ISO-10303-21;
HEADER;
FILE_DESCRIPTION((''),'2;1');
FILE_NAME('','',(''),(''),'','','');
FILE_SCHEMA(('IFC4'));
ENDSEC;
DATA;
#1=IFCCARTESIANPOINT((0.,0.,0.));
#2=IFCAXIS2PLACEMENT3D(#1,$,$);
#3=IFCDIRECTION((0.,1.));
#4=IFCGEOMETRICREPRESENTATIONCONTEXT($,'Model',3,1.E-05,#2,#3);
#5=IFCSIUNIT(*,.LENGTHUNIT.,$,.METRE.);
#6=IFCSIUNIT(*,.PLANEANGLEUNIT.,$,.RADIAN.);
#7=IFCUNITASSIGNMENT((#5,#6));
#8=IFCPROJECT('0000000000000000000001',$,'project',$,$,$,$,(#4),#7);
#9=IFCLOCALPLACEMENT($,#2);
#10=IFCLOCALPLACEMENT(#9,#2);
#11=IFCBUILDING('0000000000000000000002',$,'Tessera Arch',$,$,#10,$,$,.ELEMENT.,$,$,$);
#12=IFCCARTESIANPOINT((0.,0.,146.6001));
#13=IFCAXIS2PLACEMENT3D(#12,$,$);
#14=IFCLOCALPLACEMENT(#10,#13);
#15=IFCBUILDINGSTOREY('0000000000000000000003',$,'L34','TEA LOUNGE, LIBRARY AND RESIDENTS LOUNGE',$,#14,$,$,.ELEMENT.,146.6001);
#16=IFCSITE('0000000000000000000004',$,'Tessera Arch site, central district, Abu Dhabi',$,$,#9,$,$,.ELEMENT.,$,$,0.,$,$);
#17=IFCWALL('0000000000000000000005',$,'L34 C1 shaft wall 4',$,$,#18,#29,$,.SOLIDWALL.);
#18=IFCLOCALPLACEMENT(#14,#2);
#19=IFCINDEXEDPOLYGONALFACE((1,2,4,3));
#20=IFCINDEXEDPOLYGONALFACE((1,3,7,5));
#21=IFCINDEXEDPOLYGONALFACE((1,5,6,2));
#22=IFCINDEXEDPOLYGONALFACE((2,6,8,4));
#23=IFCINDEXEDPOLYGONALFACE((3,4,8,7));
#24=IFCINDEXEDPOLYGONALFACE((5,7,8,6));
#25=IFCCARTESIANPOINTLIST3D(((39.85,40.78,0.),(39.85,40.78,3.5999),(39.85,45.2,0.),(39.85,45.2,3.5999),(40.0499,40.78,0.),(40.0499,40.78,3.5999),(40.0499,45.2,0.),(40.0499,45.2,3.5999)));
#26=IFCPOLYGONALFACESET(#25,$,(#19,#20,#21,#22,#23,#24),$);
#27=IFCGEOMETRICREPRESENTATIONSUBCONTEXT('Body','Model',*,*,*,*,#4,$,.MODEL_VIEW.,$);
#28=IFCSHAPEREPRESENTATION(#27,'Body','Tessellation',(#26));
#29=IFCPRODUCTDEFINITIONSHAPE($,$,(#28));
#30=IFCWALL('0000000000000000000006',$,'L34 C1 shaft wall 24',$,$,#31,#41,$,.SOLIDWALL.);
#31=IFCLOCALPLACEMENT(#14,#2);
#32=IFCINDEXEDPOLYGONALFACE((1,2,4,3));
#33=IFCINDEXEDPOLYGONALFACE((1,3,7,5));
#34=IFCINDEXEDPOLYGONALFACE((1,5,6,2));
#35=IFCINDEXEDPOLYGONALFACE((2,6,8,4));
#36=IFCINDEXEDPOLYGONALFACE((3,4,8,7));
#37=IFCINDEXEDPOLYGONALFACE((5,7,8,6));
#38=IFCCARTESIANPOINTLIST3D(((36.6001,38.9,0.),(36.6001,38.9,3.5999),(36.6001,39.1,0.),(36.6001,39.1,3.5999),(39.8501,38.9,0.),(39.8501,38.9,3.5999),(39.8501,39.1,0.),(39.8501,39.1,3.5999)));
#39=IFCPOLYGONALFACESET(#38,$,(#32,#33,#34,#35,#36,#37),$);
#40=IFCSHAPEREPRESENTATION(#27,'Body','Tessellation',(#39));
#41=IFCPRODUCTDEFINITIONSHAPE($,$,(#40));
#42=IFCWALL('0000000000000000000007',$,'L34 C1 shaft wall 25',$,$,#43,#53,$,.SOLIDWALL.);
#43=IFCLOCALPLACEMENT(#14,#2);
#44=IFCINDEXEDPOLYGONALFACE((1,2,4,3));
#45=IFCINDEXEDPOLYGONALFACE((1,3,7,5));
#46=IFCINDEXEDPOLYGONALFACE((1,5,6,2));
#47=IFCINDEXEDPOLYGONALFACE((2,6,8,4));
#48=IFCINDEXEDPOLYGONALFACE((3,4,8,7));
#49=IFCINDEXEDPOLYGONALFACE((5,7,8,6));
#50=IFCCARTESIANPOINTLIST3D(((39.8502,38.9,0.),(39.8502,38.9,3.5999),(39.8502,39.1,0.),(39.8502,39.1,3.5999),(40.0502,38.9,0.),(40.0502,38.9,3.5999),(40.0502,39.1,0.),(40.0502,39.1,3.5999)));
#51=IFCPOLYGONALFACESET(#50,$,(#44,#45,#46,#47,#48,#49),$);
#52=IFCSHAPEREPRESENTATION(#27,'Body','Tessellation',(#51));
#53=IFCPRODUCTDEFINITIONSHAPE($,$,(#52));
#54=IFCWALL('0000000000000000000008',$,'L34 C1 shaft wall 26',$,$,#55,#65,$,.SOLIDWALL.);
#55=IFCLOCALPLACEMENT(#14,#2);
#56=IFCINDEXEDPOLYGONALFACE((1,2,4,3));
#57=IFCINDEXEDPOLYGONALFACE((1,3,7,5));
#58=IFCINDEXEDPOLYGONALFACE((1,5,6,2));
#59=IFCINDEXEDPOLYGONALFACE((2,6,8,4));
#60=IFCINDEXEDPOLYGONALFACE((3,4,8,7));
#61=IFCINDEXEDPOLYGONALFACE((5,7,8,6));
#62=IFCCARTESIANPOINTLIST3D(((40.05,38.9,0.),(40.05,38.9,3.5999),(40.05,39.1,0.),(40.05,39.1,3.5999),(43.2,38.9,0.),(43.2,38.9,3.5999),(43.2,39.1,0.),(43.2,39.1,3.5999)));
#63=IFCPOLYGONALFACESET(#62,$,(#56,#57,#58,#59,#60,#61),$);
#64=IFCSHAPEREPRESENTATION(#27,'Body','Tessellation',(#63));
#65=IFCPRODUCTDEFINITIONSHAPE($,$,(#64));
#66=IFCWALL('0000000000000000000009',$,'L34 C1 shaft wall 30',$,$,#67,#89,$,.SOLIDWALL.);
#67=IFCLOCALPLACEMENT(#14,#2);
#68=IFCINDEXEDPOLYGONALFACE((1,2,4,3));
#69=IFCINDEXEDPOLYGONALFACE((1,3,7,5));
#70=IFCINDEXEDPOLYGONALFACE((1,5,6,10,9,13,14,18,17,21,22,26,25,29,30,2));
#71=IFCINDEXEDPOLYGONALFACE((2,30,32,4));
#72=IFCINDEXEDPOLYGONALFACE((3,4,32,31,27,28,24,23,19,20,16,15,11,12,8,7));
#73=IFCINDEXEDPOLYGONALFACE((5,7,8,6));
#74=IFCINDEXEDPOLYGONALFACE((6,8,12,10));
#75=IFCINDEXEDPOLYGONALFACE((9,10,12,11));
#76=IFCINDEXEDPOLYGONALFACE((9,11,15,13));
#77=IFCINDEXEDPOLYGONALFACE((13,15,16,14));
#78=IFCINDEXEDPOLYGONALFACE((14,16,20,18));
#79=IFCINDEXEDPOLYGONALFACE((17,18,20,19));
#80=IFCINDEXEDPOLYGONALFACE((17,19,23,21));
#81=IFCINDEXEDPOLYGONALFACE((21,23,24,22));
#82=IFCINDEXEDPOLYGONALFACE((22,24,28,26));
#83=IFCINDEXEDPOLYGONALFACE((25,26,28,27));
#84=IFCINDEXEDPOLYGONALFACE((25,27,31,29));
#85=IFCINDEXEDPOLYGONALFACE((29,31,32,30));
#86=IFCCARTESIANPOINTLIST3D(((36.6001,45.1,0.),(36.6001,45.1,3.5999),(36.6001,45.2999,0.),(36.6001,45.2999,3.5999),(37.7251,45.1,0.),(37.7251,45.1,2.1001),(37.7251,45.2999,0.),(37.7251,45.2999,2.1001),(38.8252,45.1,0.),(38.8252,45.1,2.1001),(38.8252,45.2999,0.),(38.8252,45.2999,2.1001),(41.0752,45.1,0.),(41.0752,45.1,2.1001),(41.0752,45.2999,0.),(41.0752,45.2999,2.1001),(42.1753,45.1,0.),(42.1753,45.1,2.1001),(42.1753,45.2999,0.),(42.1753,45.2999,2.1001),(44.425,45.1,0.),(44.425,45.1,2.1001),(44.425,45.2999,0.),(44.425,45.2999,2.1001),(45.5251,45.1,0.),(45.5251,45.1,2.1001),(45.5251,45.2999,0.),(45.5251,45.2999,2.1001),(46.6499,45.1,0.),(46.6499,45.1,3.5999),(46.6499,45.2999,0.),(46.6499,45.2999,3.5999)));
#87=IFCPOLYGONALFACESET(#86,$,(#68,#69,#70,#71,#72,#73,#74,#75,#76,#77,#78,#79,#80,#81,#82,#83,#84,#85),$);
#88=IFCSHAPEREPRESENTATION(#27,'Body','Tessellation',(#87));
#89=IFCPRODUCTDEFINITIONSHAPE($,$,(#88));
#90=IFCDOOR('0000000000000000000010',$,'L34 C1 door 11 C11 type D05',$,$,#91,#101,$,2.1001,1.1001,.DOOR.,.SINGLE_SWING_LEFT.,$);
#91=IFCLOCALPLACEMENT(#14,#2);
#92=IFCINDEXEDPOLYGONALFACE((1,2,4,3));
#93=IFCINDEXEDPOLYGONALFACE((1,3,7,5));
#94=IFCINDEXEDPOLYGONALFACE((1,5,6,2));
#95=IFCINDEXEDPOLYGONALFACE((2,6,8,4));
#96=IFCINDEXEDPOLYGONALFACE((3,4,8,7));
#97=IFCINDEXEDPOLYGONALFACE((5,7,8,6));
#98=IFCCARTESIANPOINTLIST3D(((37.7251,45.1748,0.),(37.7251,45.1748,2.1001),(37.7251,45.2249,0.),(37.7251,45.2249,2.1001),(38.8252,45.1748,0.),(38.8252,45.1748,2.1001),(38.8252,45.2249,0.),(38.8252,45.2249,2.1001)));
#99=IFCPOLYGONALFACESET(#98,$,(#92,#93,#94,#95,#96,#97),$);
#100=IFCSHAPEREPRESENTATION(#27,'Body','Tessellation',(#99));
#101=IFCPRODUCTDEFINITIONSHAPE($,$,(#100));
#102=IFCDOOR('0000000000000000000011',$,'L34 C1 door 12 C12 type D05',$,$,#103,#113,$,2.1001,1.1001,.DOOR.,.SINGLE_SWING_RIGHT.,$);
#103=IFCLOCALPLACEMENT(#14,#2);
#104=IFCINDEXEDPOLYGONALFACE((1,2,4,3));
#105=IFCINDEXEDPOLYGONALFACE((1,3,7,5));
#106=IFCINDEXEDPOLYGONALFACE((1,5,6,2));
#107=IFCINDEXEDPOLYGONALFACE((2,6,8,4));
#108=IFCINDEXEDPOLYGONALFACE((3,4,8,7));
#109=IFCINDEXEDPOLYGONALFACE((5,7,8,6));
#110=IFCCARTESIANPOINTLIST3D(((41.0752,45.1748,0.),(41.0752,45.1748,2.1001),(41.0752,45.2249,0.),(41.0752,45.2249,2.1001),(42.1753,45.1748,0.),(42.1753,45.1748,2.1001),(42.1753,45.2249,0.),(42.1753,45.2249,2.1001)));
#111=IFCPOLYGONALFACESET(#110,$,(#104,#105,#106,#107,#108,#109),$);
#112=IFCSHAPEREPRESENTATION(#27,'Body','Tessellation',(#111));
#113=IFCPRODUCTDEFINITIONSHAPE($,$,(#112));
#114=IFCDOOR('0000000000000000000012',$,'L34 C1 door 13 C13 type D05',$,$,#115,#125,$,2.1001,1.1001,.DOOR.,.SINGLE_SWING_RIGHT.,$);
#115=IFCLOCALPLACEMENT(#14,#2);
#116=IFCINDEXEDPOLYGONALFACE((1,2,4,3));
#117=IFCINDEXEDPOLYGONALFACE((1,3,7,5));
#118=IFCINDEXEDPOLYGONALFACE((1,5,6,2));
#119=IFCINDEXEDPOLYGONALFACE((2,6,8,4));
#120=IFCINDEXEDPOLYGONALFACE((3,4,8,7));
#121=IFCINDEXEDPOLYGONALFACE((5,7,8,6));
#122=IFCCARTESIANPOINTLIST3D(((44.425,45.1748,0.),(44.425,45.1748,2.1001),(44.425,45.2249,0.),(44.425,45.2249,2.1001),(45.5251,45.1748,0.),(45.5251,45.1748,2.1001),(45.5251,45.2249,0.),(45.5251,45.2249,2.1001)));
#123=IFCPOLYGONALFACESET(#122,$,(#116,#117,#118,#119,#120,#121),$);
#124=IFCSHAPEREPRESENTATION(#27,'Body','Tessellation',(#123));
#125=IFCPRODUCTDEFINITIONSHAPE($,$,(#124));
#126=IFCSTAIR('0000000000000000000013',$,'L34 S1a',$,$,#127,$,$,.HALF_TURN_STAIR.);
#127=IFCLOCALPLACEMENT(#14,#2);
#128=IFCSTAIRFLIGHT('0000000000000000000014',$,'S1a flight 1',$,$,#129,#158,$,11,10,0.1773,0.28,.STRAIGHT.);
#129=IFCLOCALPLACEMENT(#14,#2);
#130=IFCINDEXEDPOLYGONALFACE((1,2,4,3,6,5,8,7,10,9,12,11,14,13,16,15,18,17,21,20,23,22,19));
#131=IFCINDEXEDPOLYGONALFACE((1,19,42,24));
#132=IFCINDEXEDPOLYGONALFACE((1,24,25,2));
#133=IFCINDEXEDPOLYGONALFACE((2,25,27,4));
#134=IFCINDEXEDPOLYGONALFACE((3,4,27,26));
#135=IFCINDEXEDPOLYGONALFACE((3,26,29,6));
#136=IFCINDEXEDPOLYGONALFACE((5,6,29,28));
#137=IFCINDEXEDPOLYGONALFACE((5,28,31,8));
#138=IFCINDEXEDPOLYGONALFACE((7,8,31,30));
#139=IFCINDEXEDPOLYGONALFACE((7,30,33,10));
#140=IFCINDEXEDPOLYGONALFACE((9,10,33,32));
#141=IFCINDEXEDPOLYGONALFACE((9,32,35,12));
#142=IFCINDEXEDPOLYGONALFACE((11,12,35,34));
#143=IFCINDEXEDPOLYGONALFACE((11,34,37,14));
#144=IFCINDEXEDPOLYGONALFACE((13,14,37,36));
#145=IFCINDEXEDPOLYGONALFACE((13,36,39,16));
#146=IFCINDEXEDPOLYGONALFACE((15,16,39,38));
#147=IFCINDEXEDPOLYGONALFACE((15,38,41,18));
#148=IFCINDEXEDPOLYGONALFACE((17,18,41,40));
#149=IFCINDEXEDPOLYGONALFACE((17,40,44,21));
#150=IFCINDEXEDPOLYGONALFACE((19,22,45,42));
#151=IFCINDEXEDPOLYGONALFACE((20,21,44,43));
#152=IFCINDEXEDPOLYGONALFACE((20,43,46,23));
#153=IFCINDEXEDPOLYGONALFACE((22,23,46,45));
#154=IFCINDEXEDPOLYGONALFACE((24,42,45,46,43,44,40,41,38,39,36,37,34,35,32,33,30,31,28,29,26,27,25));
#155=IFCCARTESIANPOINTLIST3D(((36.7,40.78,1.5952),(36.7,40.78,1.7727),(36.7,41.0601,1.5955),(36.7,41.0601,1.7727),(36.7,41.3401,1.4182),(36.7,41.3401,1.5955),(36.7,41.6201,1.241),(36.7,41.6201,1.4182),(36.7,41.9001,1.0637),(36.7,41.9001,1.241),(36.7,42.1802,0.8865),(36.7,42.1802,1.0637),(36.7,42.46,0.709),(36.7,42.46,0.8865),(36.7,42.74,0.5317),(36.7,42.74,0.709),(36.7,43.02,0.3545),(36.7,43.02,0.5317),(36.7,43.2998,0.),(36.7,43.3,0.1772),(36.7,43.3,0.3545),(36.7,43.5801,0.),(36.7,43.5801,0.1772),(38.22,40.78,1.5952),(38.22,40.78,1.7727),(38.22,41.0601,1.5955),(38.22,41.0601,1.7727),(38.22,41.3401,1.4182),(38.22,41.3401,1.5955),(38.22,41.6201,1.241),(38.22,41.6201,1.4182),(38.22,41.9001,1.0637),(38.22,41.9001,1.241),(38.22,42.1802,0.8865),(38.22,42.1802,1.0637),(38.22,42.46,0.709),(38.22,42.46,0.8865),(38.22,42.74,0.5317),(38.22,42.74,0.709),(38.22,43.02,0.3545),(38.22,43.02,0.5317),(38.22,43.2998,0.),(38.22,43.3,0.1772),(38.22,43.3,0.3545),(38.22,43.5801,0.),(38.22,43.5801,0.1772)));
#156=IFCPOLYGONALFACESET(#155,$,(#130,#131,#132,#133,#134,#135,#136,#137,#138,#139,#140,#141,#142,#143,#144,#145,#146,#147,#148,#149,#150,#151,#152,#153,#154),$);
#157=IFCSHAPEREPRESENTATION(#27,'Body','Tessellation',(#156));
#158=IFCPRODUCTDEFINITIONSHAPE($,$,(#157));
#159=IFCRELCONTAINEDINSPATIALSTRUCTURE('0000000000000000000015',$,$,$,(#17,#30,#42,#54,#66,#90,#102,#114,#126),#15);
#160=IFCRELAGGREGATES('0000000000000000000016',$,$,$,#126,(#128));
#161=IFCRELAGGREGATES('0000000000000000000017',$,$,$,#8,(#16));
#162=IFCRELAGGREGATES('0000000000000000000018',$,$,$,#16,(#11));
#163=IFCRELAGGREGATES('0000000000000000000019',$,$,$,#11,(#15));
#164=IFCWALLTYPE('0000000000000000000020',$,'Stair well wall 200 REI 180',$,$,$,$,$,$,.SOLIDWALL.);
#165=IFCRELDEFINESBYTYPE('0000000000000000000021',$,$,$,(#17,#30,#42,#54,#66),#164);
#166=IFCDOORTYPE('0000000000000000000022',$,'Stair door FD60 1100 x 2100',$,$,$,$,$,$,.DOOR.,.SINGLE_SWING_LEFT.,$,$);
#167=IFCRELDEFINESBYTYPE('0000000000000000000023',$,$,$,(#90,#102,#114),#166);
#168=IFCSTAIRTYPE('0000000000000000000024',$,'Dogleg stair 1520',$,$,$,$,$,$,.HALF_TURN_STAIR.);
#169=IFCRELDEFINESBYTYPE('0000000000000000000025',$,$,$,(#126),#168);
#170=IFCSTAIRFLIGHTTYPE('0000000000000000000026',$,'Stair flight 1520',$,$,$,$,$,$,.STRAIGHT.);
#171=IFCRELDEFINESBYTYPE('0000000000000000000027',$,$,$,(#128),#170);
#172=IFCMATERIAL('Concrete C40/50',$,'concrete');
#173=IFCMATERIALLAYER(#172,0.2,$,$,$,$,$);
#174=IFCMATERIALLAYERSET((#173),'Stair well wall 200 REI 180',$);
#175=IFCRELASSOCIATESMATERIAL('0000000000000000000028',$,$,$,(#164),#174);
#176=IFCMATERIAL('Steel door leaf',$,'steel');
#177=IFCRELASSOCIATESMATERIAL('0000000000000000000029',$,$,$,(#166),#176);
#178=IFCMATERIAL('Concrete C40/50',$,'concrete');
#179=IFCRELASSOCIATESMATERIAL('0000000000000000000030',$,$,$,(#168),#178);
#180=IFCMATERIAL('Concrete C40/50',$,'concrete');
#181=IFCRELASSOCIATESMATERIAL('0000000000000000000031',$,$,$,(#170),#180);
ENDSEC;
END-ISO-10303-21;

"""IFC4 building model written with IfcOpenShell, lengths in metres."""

from ifc_helpers import new_model, si_unit, direction, frame, frame_2d, origin, place, context, subcontext, project, spatial, polyline, rectangle, outline, extrude, material, layer, layer_set, type_object, element, fill, aggregate, save


model = new_model("IFC4")

# Units and contexts
model_context = context("Model", 3, precision=1e-05, world=origin(), true_north=direction((0.0, 1.0)))
body_context = subcontext(model_context, "Body", "Model", "MODEL_VIEW")
ifc_project = project(units=[si_unit("LENGTHUNIT", "METRE"), si_unit("PLANEANGLEUNIT", "RADIAN")], contexts=[model_context])

# Site, building, storey
site_placement = place(None, origin())
site = spatial("IfcSite", under=ifc_project, at=site_placement, Name="Tessera Arch site, central district, Abu Dhabi", CompositionType="ELEMENT", RefElevation=0.0)
building_placement = place(site_placement, origin())
building = spatial("IfcBuilding", under=site, at=building_placement, Name="Tessera Arch", CompositionType="ELEMENT")
storey_placement = place(building_placement, frame((0.0, 0.0, 146.6001)))
storey = spatial("IfcBuildingStorey", under=building, at=storey_placement, Name="L34", Description="TEA LOUNGE, LIBRARY AND RESIDENTS LOUNGE", CompositionType="ELEMENT", Elevation=146.6001)

# Walls
ifc_material_1 = material(Name="Concrete C40/50", Category="concrete")
ifc_layer_1 = layer(ifc_material_1, 0.2)
ifc_layer_set_1 = layer_set([ifc_layer_1], Name="Stair well wall 200 REI 180")
wall_type_1 = type_object("IfcWallType", Name="Stair well wall 200 REI 180", PredefinedType="SOLIDWALL", material=ifc_layer_set_1)
wall_1_placement = place(storey_placement, frame((39.95, 40.78, 0.0), z_axis=(0.0, 0.0, 1.0), x_axis=(0.0, 1.0, 0.0)))
element("IfcWall", 1, at=wall_1_placement, inside=storey, type_object=wall_type_1, Name="L34 C1 shaft wall 4", PredefinedType="SOLIDWALL", context=body_context, shape_type="SweptSolid", body=[
    extrude(rectangle(XDim=4.4199, YDim=0.2, at=frame_2d((2.21, 0.0))), origin(), (0.0, 0.0, 1.0), 3.5999),
])
wall_2_placement = place(storey_placement, frame((36.6001, 39.0, 0.0), z_axis=(0.0, 0.0, 1.0), x_axis=(1.0, 0.0, 0.0)))
element("IfcWall", 2, at=wall_2_placement, inside=storey, type_object=wall_type_1, Name="L34 C1 shaft wall 24", PredefinedType="SOLIDWALL", context=body_context, shape_type="SweptSolid", body=[
    extrude(rectangle(XDim=3.25, YDim=0.2, at=frame_2d((1.625, 0.0))), origin(), (0.0, 0.0, 1.0), 3.5999),
])
wall_3_placement = place(storey_placement, frame((39.8501, 39.0, 0.0), z_axis=(0.0, 0.0, 1.0), x_axis=(1.0, 0.0, 0.0)))
element("IfcWall", 3, at=wall_3_placement, inside=storey, type_object=wall_type_1, Name="L34 C1 shaft wall 25", PredefinedType="SOLIDWALL", context=body_context, shape_type="SweptSolid", body=[
    extrude(rectangle(XDim=0.2, YDim=0.2, at=frame_2d((0.1001, 0.0))), origin(), (0.0, 0.0, 1.0), 3.5999),
])
wall_4_placement = place(storey_placement, frame((40.05, 39.0, 0.0), z_axis=(0.0, 0.0, 1.0), x_axis=(1.0, 0.0, 0.0)))
element("IfcWall", 4, at=wall_4_placement, inside=storey, type_object=wall_type_1, Name="L34 C1 shaft wall 26", PredefinedType="SOLIDWALL", context=body_context, shape_type="SweptSolid", body=[
    extrude(rectangle(XDim=3.1499, YDim=0.2, at=frame_2d((1.575, 0.0))), origin(), (0.0, 0.0, 1.0), 3.5999),
])

# Wall, openings, doors
wall_5_placement = place(storey_placement, frame((36.6001, 45.2, 0.0), z_axis=(0.0, 0.0, 1.0), x_axis=(1.0, 0.0, 0.0)))
wall_5 = element("IfcWall", 5, at=wall_5_placement, inside=storey, type_object=wall_type_1, Name="L34 C1 shaft wall 30", PredefinedType="SOLIDWALL", context=body_context, shape_type="SweptSolid", body=[
    extrude(rectangle(XDim=10.0498, YDim=0.2, at=frame_2d((5.0249, 0.0))), origin(), (0.0, 0.0, 1.0), 3.5999),
])
opening_1_placement = place(wall_5_placement, frame((1.125, 0.0, 0.0)))
opening_1 = element("IfcOpeningElement", 6, at=opening_1_placement, cuts=wall_5, PredefinedType="OPENING", context=body_context, shape_type="SweptSolid", body=[
    extrude(rectangle(XDim=1.1001, YDim=2.1001, at=frame_2d((0.55, 1.05))), frame((0.0, 0.1099, 0.0), z_axis=(0.0, -1.0, 0.0), x_axis=(1.0, 0.0, 0.0)), (0.0, 0.0, 1.0), 0.22),
])
opening_2_placement = place(wall_5_placement, frame((4.4751, 0.0, 0.0)))
opening_2 = element("IfcOpeningElement", 7, at=opening_2_placement, cuts=wall_5, PredefinedType="OPENING", context=body_context, shape_type="SweptSolid", body=[
    extrude(rectangle(XDim=1.1001, YDim=2.1001, at=frame_2d((0.55, 1.05))), frame((0.0, 0.1099, 0.0), z_axis=(0.0, -1.0, 0.0), x_axis=(1.0, 0.0, 0.0)), (0.0, 0.0, 1.0), 0.22),
])
opening_3_placement = place(wall_5_placement, frame((7.825, 0.0, 0.0)))
opening_3 = element("IfcOpeningElement", 8, at=opening_3_placement, cuts=wall_5, PredefinedType="OPENING", context=body_context, shape_type="SweptSolid", body=[
    extrude(rectangle(XDim=1.1001, YDim=2.1001, at=frame_2d((0.55, 1.05))), frame((0.0, 0.1099, 0.0), z_axis=(0.0, -1.0, 0.0), x_axis=(1.0, 0.0, 0.0)), (0.0, 0.0, 1.0), 0.22),
])
ifc_material_2 = material(Name="Steel door leaf", Category="steel")
door_type_1 = type_object("IfcDoorType", Name="Stair door FD60 1100 x 2100", OperationType="SINGLE_SWING_LEFT", PredefinedType="DOOR", material=ifc_material_2)
door_1_placement = place(opening_1_placement, origin())
door_1 = element("IfcDoor", 9, at=door_1_placement, inside=storey, type_object=door_type_1, Name="L34 C1 door 11 C11 type D05", OperationType="SINGLE_SWING_LEFT", OverallHeight=2.1001, OverallWidth=1.1001, PredefinedType="DOOR", context=body_context, shape_type="SweptSolid", body=[
    extrude(rectangle(XDim=1.1001, YDim=2.1001, at=frame_2d((0.55, 1.05))), frame((0.0, 0.0249, 0.0), z_axis=(0.0, -1.0, 0.0), x_axis=(1.0, 0.0, 0.0)), (0.0, 0.0, 1.0), 0.05),
])
fill(opening_1, door_1)
door_2_placement = place(opening_2_placement, origin())
door_2 = element("IfcDoor", 10, at=door_2_placement, inside=storey, type_object=door_type_1, Name="L34 C1 door 12 C12 type D05", OperationType="SINGLE_SWING_RIGHT", OverallHeight=2.1001, OverallWidth=1.1001, PredefinedType="DOOR", context=body_context, shape_type="SweptSolid", body=[
    extrude(rectangle(XDim=1.1001, YDim=2.1001, at=frame_2d((0.55, 1.05))), frame((0.0, 0.0249, 0.0), z_axis=(0.0, -1.0, 0.0), x_axis=(1.0, 0.0, 0.0)), (0.0, 0.0, 1.0), 0.05),
])
fill(opening_2, door_2)
door_3_placement = place(opening_3_placement, origin())
door_3 = element("IfcDoor", 11, at=door_3_placement, inside=storey, type_object=door_type_1, Name="L34 C1 door 13 C13 type D05", OperationType="SINGLE_SWING_RIGHT", OverallHeight=2.1001, OverallWidth=1.1001, PredefinedType="DOOR", context=body_context, shape_type="SweptSolid", body=[
    extrude(rectangle(XDim=1.1001, YDim=2.1001, at=frame_2d((0.55, 1.05))), frame((0.0, 0.0249, 0.0), z_axis=(0.0, -1.0, 0.0), x_axis=(1.0, 0.0, 0.0)), (0.0, 0.0, 1.0), 0.05),
])
fill(opening_3, door_3)

# Stair, stair flight
ifc_material_3 = material(Name="Concrete C40/50", Category="concrete")
stair_type = type_object("IfcStairType", Name="Dogleg stair 1520", PredefinedType="HALF_TURN_STAIR", material=ifc_material_3)
stair_placement = place(storey_placement, origin())
stair = element("IfcStair", 12, at=stair_placement, inside=storey, type_object=stair_type, Name="L34 S1a", PredefinedType="HALF_TURN_STAIR")
ifc_material_4 = material(Name="Concrete C40/50", Category="concrete")
stair_flight_type = type_object("IfcStairFlightType", Name="Stair flight 1520", PredefinedType="STRAIGHT", material=ifc_material_4)
stair_flight_1_placement = place(storey_placement, frame((37.46, 43.5801, 0.0), z_axis=(0.0, 0.0, 1.0), x_axis=(0.0, -1.0, 0.0)))
stair_flight_1 = element("IfcStairFlight", 13, at=stair_flight_1_placement, type_object=stair_flight_type, Name="S1a flight 1", NumberOfRisers=11, NumberOfTreads=10, PredefinedType="STRAIGHT", RiserHeight=0.1773, TreadLength=0.28, context=body_context, shape_type="SweptSolid", body=[
    extrude(outline(polyline([(0.0, 0.0), (0.0, 0.1772), (0.28, 0.1772), (0.28, 0.3545), (0.5601, 0.3545), (0.5601, 0.5317), (0.8401, 0.5317), (0.8401, 0.709), (1.1201, 0.709), (1.1201, 0.8865), (1.3999, 0.8865), (1.3999, 1.0637), (1.6799, 1.0637), (1.6799, 1.241), (1.96, 1.241), (1.96, 1.4182), (2.24, 1.4182), (2.24, 1.5955), (2.52, 1.5955), (2.52, 1.7727), (2.8, 1.7727), (2.8, 1.95), (2.8, 1.5952), (0.2803, 0.0), (0.0, 0.0)])), frame((0.0, 0.76, 0.0), z_axis=(0.0, -1.0, 0.0), x_axis=(1.0, 0.0, 0.0)), (0.0, 0.0, 1.0), 1.52),
])
aggregate(stair, [stair_flight_1])

save(model, "model.ifc")
